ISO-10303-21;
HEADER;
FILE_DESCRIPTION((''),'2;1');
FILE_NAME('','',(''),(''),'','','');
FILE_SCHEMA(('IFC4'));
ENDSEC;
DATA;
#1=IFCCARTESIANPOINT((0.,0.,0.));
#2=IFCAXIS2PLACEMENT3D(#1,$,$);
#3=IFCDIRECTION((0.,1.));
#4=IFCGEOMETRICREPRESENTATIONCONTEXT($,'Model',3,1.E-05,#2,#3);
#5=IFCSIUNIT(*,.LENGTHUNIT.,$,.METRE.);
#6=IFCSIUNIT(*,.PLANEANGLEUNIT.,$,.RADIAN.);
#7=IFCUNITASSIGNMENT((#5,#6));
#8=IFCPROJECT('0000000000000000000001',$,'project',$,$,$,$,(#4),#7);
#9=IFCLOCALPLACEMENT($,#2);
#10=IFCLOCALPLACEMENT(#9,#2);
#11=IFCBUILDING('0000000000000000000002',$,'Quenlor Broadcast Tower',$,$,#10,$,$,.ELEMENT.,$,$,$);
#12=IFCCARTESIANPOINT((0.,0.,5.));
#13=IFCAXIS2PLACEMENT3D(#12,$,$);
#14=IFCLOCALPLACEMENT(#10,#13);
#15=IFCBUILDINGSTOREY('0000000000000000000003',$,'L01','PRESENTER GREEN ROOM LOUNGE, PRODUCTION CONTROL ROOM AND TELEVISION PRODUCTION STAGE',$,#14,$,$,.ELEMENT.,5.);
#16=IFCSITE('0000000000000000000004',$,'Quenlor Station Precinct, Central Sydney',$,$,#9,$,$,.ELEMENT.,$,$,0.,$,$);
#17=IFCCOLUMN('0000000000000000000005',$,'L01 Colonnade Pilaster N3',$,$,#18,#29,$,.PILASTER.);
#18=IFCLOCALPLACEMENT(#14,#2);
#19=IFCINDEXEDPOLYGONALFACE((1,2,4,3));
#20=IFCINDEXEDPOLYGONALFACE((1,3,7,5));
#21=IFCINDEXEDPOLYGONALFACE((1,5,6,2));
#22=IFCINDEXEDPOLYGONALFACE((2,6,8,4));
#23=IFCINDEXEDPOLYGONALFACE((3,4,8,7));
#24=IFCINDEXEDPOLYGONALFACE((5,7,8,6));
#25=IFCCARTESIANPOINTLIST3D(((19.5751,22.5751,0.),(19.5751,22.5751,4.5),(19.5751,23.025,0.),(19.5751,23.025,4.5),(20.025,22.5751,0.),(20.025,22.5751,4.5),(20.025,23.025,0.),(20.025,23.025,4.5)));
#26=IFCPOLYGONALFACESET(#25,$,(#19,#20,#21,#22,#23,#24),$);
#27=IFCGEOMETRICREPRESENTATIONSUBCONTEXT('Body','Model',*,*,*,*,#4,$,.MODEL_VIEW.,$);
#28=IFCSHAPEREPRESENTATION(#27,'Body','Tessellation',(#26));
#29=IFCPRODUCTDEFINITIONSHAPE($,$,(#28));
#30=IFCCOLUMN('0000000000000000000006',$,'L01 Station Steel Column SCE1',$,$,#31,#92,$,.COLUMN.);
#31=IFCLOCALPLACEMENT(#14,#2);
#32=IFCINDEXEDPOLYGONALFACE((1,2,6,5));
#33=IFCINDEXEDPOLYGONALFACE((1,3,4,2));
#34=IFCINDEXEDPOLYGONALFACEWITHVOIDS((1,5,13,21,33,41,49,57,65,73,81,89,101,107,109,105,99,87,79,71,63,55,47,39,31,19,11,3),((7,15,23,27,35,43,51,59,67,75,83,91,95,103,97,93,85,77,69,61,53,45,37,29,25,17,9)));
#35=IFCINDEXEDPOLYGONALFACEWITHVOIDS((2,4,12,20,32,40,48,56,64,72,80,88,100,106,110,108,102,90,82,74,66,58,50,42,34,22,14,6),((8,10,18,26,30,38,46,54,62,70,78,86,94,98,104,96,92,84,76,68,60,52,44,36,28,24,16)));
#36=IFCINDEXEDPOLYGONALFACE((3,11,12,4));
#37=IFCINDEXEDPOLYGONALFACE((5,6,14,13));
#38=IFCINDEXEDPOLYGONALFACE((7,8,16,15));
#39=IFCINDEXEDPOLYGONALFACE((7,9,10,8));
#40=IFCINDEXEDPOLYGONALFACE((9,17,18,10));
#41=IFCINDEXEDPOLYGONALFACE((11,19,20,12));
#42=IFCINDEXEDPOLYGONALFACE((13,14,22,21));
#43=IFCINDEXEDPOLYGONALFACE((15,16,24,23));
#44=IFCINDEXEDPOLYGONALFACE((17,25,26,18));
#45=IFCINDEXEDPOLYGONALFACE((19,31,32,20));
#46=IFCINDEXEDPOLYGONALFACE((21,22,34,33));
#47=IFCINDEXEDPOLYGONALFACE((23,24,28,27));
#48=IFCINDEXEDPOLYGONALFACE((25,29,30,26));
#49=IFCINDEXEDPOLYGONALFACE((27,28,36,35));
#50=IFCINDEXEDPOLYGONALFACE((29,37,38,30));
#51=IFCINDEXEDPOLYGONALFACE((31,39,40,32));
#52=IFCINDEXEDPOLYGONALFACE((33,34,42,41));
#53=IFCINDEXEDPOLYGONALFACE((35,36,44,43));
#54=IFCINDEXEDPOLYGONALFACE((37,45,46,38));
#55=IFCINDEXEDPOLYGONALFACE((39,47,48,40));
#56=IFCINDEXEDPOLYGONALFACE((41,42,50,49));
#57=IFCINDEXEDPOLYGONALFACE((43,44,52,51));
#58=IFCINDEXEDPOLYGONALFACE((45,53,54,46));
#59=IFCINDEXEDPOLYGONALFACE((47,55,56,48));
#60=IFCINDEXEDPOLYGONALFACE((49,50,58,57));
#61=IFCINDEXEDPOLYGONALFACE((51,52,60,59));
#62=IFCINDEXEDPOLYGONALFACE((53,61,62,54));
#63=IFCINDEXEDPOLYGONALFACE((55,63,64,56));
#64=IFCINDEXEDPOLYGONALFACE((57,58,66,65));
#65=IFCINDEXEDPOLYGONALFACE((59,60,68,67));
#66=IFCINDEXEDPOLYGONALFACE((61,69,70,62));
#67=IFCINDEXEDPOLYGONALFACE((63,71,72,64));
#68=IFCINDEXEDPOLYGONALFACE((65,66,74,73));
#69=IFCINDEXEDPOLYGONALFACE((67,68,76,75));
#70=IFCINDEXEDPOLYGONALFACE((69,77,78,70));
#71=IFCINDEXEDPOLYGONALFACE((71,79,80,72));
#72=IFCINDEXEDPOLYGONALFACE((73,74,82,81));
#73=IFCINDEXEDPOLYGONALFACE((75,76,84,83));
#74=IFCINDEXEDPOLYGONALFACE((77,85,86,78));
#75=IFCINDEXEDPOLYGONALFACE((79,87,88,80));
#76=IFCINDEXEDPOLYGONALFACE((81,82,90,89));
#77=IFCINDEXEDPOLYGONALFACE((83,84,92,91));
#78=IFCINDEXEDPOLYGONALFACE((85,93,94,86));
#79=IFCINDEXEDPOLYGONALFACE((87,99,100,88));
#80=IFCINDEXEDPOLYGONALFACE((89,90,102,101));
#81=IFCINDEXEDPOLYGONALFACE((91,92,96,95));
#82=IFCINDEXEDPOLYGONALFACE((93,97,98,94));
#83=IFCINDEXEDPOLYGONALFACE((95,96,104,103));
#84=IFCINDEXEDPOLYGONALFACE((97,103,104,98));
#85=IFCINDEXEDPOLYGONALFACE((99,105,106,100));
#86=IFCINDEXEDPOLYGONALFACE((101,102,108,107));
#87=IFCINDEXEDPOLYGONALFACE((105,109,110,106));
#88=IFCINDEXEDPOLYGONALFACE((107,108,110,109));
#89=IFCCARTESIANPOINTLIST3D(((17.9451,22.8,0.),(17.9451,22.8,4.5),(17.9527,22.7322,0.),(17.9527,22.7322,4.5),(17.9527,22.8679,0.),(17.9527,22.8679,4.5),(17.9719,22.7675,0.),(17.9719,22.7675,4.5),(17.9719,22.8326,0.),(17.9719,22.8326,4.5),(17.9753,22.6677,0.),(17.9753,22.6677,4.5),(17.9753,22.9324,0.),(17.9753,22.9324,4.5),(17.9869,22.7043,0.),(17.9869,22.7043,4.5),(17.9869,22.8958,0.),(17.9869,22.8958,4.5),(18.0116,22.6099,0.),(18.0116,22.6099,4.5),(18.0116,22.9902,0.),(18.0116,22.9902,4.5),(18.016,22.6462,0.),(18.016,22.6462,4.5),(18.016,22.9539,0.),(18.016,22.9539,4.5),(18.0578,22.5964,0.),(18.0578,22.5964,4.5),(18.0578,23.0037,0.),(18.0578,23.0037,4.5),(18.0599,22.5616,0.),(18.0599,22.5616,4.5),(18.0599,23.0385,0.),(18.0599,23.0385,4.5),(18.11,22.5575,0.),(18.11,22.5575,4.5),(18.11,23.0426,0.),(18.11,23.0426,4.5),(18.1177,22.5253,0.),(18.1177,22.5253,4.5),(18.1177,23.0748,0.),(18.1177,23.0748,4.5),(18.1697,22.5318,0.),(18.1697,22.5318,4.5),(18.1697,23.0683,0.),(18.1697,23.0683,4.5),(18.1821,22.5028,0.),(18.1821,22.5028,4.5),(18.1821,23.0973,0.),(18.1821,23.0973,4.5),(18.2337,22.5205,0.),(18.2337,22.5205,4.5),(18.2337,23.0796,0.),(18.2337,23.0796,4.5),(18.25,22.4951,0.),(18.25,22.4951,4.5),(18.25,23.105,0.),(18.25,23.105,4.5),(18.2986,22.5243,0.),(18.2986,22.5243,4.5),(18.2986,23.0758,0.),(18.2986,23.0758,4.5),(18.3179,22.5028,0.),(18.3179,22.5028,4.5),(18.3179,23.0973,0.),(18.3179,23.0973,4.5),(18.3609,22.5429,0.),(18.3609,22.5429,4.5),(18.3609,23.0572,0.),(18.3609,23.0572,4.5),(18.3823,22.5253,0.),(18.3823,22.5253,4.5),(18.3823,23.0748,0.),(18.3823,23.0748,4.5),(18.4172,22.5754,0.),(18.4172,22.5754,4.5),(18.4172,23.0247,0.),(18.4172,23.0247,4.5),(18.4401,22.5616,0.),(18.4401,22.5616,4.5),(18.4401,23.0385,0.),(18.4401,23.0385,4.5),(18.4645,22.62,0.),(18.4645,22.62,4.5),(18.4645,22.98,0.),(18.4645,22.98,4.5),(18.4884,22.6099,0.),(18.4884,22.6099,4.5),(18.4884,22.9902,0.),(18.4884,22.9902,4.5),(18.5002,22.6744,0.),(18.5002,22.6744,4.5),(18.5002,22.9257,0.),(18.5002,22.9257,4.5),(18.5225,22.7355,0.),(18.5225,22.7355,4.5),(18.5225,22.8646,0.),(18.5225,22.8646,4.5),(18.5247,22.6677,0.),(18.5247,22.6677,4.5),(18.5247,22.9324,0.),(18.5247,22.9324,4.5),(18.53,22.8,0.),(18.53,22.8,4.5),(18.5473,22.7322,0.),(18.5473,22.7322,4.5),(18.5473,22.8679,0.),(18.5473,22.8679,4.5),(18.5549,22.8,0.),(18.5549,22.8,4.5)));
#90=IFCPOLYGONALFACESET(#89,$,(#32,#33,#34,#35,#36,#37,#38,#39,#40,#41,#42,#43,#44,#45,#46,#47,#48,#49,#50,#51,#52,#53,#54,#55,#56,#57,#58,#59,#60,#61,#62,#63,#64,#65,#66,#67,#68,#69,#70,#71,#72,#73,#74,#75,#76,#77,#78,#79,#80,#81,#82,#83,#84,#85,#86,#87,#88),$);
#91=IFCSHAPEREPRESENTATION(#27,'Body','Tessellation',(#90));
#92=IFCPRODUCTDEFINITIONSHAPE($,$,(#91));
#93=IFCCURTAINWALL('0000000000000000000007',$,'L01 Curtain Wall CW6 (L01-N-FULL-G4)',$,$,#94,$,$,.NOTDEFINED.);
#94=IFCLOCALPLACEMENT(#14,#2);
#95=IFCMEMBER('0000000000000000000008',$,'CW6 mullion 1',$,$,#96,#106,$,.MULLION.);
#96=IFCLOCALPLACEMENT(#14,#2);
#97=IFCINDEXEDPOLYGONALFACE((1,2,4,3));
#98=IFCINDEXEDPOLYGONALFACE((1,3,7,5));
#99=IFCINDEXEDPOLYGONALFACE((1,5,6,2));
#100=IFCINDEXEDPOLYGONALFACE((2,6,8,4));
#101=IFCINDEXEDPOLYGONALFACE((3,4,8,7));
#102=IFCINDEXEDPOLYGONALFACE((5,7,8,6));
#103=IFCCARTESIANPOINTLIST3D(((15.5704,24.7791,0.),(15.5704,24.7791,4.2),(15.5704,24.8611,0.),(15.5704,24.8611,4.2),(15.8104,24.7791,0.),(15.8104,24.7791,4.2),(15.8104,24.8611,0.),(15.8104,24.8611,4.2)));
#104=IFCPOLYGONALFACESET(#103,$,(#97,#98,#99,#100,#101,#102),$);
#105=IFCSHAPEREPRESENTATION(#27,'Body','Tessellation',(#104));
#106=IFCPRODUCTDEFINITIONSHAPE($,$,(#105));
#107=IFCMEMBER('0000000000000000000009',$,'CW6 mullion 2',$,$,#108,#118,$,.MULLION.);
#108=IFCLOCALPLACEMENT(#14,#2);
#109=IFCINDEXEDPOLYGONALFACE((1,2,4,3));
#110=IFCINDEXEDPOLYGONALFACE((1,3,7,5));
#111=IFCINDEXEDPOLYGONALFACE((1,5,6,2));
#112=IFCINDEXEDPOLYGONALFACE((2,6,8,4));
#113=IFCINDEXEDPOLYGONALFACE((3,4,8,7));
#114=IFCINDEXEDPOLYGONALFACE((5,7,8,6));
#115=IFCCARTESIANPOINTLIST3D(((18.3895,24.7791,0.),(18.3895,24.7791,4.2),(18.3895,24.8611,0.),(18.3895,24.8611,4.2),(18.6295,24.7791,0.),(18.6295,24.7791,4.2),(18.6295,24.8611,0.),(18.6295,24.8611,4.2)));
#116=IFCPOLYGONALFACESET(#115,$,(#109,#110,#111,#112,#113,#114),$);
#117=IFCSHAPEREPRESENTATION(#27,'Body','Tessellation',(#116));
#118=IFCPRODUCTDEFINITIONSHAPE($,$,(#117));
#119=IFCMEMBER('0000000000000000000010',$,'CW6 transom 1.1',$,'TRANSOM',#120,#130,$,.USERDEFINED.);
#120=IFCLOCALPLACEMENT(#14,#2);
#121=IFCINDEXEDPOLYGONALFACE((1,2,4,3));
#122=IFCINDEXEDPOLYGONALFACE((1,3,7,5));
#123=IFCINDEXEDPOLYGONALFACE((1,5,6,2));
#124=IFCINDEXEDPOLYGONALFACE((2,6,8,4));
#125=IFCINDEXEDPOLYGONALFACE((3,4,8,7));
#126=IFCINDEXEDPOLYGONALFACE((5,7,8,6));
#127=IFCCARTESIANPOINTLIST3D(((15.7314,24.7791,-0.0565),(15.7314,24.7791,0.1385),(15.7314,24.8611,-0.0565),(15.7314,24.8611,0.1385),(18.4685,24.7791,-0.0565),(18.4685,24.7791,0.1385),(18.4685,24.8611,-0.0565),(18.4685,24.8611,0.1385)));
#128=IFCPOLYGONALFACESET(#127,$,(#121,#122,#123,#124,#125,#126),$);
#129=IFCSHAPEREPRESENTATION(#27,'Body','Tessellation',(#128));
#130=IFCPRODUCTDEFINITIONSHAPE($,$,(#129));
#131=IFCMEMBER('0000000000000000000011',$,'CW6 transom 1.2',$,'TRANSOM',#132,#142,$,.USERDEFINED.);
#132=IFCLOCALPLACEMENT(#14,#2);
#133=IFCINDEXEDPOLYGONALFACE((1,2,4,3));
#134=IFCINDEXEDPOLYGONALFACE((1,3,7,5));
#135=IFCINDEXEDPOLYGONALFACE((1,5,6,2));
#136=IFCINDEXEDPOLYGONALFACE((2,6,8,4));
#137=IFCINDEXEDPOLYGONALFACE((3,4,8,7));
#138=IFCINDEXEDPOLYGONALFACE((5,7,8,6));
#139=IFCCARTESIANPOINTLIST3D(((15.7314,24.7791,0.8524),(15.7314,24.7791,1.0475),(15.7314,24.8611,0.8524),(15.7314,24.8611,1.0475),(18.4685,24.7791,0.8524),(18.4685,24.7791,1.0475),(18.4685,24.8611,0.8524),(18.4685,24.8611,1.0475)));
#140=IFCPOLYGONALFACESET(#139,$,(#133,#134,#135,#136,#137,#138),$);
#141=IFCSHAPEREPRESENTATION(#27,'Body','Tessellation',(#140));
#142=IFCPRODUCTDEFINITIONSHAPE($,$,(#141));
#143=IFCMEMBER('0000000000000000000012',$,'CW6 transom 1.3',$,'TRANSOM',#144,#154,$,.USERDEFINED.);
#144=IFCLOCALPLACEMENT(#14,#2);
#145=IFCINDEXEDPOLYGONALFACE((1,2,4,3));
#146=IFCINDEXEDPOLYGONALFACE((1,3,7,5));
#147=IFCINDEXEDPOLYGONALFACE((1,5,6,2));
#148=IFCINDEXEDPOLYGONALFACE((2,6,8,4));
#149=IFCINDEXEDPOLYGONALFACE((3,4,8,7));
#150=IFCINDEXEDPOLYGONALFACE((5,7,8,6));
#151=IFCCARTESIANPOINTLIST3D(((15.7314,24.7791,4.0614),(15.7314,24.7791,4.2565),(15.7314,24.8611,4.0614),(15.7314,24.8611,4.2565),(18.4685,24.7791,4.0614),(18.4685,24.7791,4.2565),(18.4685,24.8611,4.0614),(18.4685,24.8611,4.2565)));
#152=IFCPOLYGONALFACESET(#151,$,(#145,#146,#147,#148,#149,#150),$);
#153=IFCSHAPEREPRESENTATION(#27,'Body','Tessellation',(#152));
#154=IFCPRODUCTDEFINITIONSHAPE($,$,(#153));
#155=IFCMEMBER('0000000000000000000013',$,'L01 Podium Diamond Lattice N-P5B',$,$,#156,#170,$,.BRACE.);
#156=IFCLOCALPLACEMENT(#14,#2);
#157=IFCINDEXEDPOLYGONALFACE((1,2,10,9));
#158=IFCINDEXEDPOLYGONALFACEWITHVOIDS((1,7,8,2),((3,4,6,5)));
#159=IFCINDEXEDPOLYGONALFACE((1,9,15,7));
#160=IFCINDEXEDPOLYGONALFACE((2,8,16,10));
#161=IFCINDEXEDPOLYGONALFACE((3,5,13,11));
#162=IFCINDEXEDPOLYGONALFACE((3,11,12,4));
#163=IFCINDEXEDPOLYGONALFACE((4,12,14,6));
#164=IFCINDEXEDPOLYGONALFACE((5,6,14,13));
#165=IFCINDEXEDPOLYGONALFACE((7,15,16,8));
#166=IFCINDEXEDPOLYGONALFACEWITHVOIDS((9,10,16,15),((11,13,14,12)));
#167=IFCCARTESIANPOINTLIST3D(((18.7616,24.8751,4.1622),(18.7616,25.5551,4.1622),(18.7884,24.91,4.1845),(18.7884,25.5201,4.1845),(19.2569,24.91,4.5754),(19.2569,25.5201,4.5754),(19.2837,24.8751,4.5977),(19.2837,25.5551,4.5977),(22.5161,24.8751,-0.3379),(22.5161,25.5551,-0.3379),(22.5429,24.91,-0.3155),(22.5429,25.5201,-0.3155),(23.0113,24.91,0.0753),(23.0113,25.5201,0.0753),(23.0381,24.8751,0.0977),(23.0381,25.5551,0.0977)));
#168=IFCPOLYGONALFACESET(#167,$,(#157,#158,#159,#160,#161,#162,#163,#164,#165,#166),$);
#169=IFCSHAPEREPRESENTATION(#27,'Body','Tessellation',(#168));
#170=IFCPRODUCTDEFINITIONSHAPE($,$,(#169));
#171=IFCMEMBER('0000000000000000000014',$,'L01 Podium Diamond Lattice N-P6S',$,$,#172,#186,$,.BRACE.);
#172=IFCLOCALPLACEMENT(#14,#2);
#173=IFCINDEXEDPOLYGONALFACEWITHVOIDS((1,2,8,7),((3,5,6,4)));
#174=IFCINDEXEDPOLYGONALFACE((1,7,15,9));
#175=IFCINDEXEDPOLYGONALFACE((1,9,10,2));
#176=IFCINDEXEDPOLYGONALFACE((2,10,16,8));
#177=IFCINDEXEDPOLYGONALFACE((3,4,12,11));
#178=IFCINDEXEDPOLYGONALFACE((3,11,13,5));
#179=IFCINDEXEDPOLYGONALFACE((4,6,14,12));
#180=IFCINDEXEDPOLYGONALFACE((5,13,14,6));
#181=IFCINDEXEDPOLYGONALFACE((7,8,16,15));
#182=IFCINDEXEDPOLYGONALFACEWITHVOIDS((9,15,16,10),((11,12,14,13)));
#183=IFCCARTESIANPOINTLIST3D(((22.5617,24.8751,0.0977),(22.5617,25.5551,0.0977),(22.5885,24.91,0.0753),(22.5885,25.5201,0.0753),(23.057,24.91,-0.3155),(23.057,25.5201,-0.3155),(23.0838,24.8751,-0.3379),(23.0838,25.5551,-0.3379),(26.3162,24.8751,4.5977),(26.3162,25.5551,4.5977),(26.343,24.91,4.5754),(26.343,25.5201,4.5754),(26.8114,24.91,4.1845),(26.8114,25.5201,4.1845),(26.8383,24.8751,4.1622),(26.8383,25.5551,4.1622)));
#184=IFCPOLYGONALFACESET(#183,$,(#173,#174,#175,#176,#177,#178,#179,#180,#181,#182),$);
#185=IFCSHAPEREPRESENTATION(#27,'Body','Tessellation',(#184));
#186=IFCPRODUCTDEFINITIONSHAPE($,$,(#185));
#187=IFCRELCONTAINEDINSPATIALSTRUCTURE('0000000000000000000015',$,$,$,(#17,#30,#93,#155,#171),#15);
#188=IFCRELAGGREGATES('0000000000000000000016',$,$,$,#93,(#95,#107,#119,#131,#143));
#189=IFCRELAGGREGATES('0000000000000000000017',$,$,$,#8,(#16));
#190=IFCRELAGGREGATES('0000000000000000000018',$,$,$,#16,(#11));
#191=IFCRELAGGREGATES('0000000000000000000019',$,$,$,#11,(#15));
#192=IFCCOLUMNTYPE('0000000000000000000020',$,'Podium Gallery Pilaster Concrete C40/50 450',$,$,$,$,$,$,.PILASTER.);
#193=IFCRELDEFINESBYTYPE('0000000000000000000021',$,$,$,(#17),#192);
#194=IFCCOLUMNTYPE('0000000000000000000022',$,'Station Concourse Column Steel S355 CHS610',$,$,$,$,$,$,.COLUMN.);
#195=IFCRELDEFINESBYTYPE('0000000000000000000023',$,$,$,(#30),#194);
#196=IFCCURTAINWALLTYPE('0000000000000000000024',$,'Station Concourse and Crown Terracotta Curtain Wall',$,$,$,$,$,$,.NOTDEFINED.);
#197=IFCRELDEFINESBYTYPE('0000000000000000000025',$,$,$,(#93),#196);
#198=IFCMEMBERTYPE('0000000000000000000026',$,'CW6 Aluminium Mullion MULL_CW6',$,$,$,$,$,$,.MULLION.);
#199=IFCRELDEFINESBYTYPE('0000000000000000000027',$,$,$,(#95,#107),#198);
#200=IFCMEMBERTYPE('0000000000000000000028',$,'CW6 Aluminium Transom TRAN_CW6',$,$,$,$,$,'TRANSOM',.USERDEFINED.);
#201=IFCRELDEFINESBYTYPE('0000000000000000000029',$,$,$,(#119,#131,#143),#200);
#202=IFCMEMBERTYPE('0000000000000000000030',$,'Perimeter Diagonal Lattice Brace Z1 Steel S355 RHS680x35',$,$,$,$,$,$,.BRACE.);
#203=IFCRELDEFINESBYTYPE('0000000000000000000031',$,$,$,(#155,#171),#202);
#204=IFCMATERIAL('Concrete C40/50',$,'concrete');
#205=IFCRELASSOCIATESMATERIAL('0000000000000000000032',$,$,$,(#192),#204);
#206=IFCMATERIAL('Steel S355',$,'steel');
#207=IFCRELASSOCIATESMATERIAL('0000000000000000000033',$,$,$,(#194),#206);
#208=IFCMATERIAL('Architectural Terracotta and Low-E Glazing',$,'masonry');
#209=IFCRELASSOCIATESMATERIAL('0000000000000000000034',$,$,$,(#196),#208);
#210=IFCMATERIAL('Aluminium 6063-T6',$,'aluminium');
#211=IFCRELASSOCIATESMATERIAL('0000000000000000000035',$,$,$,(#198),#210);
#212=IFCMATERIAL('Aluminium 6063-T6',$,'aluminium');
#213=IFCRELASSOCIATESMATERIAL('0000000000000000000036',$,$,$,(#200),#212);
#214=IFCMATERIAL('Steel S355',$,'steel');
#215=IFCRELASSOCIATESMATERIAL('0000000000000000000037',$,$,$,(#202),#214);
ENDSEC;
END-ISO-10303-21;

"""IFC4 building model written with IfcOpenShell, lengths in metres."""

from ifc_helpers import new_model, si_unit, direction, frame, origin, origin_2d, place, context, subcontext, project, spatial, rectangle, hollow_rectangle, hollow_circle, extrude, material, material_profile, profile_set, type_object, element, aggregate, save


model = new_model("IFC4")

# Units and contexts
model_context = context("Model", 3, precision=1e-05, world=origin(), true_north=direction((0.0, 1.0)))
body_context = subcontext(model_context, "Body", "Model", "MODEL_VIEW")
ifc_project = project(units=[si_unit("LENGTHUNIT", "METRE"), si_unit("PLANEANGLEUNIT", "RADIAN")], contexts=[model_context])

# Site, building, storey
site_placement = place(None, origin())
site = spatial("IfcSite", under=ifc_project, at=site_placement, Name="Quenlor Station Precinct, Central Sydney", CompositionType="ELEMENT", RefElevation=0.0)
building_placement = place(site_placement, origin())
building = spatial("IfcBuilding", under=site, at=building_placement, Name="Quenlor Broadcast Tower", CompositionType="ELEMENT")
storey_placement = place(building_placement, frame((0.0, 0.0, 5.0)))
storey = spatial("IfcBuildingStorey", under=building, at=storey_placement, Name="L01", Description="PRESENTER GREEN ROOM LOUNGE, PRODUCTION CONTROL ROOM AND TELEVISION PRODUCTION STAGE", CompositionType="ELEMENT", Elevation=5.0)

# Columns
ifc_material_1 = material(Name="Concrete C40/50", Category="concrete")
ifc_material_profile_1 = material_profile(ifc_material_1, rectangle(XDim=0.45, YDim=0.45, at=origin_2d()))
ifc_profile_set_1 = profile_set([ifc_material_profile_1], Name="Concrete C40/50 PIL450x450")
column_type_1 = type_object("IfcColumnType", Name="Podium Gallery Pilaster Concrete C40/50 450", PredefinedType="PILASTER", material=ifc_profile_set_1)
column_1_placement = place(storey_placement, frame((19.8, 22.8, 0.0), z_axis=(0.0, 0.0, 1.0), x_axis=(1.0, 0.0, 0.0)))
element("IfcColumn", 1, at=column_1_placement, inside=storey, type_object=column_type_1, Name="L01 Colonnade Pilaster N3", PredefinedType="PILASTER", context=body_context, shape_type="SweptSolid", body=[
    extrude(rectangle(XDim=0.45, YDim=0.45, at=origin_2d()), origin(), (0.0, 0.0, 1.0), 4.5),
])
ifc_material_2 = material(Name="Steel S355", Category="steel")
ifc_material_profile_2 = material_profile(ifc_material_2, hollow_circle(Radius=0.3049, WallThickness=0.0249, at=origin_2d()))
ifc_profile_set_2 = profile_set([ifc_material_profile_2], Name="Steel S355 CHS610x25")
column_type_2 = type_object("IfcColumnType", Name="Station Concourse Column Steel S355 CHS610", PredefinedType="COLUMN", material=ifc_profile_set_2)
column_2_placement = place(storey_placement, frame((18.25, 22.8, 0.0), z_axis=(0.0, 0.0, 1.0), x_axis=(1.0, 0.0, 0.0)))
element("IfcColumn", 2, at=column_2_placement, inside=storey, type_object=column_type_2, Name="L01 Station Steel Column SCE1", PredefinedType="COLUMN", context=body_context, shape_type="SweptSolid", body=[
    extrude(hollow_circle(Radius=0.3049, WallThickness=0.0249, at=origin_2d()), origin(), (0.0, 0.0, 1.0), 4.5),
])

# Curtain wall, members
ifc_material_3 = material(Name="Architectural Terracotta and Low-E Glazing", Category="masonry")
curtain_wall_type = type_object("IfcCurtainWallType", Name="Station Concourse and Crown Terracotta Curtain Wall", PredefinedType="NOTDEFINED", material=ifc_material_3)
curtain_wall_placement = place(storey_placement, origin())
curtain_wall = element("IfcCurtainWall", 3, at=curtain_wall_placement, inside=storey, type_object=curtain_wall_type, Name="L01 Curtain Wall CW6 (L01-N-FULL-G4)", PredefinedType="NOTDEFINED")
ifc_material_4 = material(Name="Aluminium 6063-T6", Category="aluminium")
ifc_material_profile_3 = material_profile(ifc_material_4, rectangle(XDim=0.082, YDim=0.24, at=origin_2d()))
ifc_profile_set_3 = profile_set([ifc_material_profile_3], Name="Aluminium 6063-T6 MULL82x240")
member_type_1 = type_object("IfcMemberType", Name="CW6 Aluminium Mullion MULL_CW6", PredefinedType="MULLION", material=ifc_profile_set_3)
member_1_placement = place(storey_placement, frame((15.6904, 24.8201, 0.0), z_axis=(0.0, 0.0, 1.0), x_axis=(0.0, 1.0, 0.0)))
member_1 = element("IfcMember", 4, at=member_1_placement, type_object=member_type_1, Name="CW6 mullion 1", PredefinedType="MULLION", context=body_context, shape_type="SweptSolid", body=[
    extrude(rectangle(XDim=0.082, YDim=0.24, at=origin_2d()), origin(), (0.0, 0.0, 1.0), 4.2),
])
member_2_placement = place(storey_placement, frame((18.5095, 24.8201, 0.0), z_axis=(0.0, 0.0, 1.0), x_axis=(0.0, 1.0, 0.0)))
member_2 = element("IfcMember", 5, at=member_2_placement, type_object=member_type_1, Name="CW6 mullion 2", PredefinedType="MULLION", context=body_context, shape_type="SweptSolid", body=[
    extrude(rectangle(XDim=0.082, YDim=0.24, at=origin_2d()), origin(), (0.0, 0.0, 1.0), 4.2),
])
ifc_material_5 = material(Name="Aluminium 6063-T6", Category="aluminium")
ifc_material_profile_4 = material_profile(ifc_material_5, rectangle(XDim=0.082, YDim=0.1951, at=origin_2d()))
ifc_profile_set_4 = profile_set([ifc_material_profile_4], Name="Aluminium 6063-T6 TRAN82x195")
member_type_2 = type_object("IfcMemberType", Name="CW6 Aluminium Transom TRAN_CW6", ElementType="TRANSOM", PredefinedType="USERDEFINED", material=ifc_profile_set_4)
member_3_placement = place(storey_placement, frame((15.7314, 24.8201, 0.041), z_axis=(1.0, 0.0, 0.0), x_axis=(0.0, 1.0, 0.0)))
member_3 = element("IfcMember", 6, at=member_3_placement, type_object=member_type_2, Name="CW6 transom 1.1", ObjectType="TRANSOM", PredefinedType="USERDEFINED", context=body_context, shape_type="SweptSolid", body=[
    extrude(rectangle(XDim=0.082, YDim=0.1951, at=origin_2d()), origin(), (0.0, 0.0, 1.0), 2.7371),
])
member_4_placement = place(storey_placement, frame((15.7314, 24.8201, 0.95), z_axis=(1.0, 0.0, 0.0), x_axis=(0.0, 1.0, 0.0)))
member_4 = element("IfcMember", 7, at=member_4_placement, type_object=member_type_2, Name="CW6 transom 1.2", ObjectType="TRANSOM", PredefinedType="USERDEFINED", context=body_context, shape_type="SweptSolid", body=[
    extrude(rectangle(XDim=0.082, YDim=0.1951, at=origin_2d()), origin(), (0.0, 0.0, 1.0), 2.7371),
])
member_5_placement = place(storey_placement, frame((15.7314, 24.8201, 4.1589), z_axis=(1.0, 0.0, 0.0), x_axis=(0.0, 1.0, 0.0)))
member_5 = element("IfcMember", 8, at=member_5_placement, type_object=member_type_2, Name="CW6 transom 1.3", ObjectType="TRANSOM", PredefinedType="USERDEFINED", context=body_context, shape_type="SweptSolid", body=[
    extrude(rectangle(XDim=0.082, YDim=0.1951, at=origin_2d()), origin(), (0.0, 0.0, 1.0), 2.7371),
])

# Members
ifc_material_6 = material(Name="Steel S355", Category="steel")
ifc_material_profile_5 = material_profile(ifc_material_6, hollow_rectangle(XDim=0.6799, YDim=0.6799, WallThickness=0.0349, at=origin_2d()))
ifc_profile_set_5 = profile_set([ifc_material_profile_5], Name="Steel S355 RHS680x680x35")
member_type_3 = type_object("IfcMemberType", Name="Perimeter Diagonal Lattice Brace Z1 Steel S355 RHS680x35", PredefinedType="BRACE", material=ifc_profile_set_5)
for number, where, z_axis, x_axis, name in (
    (9, (22.7771, 25.2151, -0.1201), (-0.640627, 0.0, 0.767852), (0.0, -1.0, 0.0), "L01 Podium Diamond Lattice N-P5B"),
    (10, (22.8228, 25.2151, -0.1201), (0.640627, 0.0, 0.767852), (0.0, 1.0, 0.0), "L01 Podium Diamond Lattice N-P6S"),
):
    element("IfcMember", number, at=place(storey_placement, frame(where, z_axis=z_axis, x_axis=x_axis)), inside=storey, type_object=member_type_3, Name=name, PredefinedType="BRACE", context=body_context, shape_type="SweptSolid", body=[
        extrude(hollow_rectangle(XDim=0.6799, YDim=0.6799, WallThickness=0.0349, at=origin_2d()), origin(), (0.0, 0.0, 1.0), 5.8606),
    ])

aggregate(curtain_wall, [member_1, member_2, member_3, member_4, member_5])

save(model, "model.ifc")
